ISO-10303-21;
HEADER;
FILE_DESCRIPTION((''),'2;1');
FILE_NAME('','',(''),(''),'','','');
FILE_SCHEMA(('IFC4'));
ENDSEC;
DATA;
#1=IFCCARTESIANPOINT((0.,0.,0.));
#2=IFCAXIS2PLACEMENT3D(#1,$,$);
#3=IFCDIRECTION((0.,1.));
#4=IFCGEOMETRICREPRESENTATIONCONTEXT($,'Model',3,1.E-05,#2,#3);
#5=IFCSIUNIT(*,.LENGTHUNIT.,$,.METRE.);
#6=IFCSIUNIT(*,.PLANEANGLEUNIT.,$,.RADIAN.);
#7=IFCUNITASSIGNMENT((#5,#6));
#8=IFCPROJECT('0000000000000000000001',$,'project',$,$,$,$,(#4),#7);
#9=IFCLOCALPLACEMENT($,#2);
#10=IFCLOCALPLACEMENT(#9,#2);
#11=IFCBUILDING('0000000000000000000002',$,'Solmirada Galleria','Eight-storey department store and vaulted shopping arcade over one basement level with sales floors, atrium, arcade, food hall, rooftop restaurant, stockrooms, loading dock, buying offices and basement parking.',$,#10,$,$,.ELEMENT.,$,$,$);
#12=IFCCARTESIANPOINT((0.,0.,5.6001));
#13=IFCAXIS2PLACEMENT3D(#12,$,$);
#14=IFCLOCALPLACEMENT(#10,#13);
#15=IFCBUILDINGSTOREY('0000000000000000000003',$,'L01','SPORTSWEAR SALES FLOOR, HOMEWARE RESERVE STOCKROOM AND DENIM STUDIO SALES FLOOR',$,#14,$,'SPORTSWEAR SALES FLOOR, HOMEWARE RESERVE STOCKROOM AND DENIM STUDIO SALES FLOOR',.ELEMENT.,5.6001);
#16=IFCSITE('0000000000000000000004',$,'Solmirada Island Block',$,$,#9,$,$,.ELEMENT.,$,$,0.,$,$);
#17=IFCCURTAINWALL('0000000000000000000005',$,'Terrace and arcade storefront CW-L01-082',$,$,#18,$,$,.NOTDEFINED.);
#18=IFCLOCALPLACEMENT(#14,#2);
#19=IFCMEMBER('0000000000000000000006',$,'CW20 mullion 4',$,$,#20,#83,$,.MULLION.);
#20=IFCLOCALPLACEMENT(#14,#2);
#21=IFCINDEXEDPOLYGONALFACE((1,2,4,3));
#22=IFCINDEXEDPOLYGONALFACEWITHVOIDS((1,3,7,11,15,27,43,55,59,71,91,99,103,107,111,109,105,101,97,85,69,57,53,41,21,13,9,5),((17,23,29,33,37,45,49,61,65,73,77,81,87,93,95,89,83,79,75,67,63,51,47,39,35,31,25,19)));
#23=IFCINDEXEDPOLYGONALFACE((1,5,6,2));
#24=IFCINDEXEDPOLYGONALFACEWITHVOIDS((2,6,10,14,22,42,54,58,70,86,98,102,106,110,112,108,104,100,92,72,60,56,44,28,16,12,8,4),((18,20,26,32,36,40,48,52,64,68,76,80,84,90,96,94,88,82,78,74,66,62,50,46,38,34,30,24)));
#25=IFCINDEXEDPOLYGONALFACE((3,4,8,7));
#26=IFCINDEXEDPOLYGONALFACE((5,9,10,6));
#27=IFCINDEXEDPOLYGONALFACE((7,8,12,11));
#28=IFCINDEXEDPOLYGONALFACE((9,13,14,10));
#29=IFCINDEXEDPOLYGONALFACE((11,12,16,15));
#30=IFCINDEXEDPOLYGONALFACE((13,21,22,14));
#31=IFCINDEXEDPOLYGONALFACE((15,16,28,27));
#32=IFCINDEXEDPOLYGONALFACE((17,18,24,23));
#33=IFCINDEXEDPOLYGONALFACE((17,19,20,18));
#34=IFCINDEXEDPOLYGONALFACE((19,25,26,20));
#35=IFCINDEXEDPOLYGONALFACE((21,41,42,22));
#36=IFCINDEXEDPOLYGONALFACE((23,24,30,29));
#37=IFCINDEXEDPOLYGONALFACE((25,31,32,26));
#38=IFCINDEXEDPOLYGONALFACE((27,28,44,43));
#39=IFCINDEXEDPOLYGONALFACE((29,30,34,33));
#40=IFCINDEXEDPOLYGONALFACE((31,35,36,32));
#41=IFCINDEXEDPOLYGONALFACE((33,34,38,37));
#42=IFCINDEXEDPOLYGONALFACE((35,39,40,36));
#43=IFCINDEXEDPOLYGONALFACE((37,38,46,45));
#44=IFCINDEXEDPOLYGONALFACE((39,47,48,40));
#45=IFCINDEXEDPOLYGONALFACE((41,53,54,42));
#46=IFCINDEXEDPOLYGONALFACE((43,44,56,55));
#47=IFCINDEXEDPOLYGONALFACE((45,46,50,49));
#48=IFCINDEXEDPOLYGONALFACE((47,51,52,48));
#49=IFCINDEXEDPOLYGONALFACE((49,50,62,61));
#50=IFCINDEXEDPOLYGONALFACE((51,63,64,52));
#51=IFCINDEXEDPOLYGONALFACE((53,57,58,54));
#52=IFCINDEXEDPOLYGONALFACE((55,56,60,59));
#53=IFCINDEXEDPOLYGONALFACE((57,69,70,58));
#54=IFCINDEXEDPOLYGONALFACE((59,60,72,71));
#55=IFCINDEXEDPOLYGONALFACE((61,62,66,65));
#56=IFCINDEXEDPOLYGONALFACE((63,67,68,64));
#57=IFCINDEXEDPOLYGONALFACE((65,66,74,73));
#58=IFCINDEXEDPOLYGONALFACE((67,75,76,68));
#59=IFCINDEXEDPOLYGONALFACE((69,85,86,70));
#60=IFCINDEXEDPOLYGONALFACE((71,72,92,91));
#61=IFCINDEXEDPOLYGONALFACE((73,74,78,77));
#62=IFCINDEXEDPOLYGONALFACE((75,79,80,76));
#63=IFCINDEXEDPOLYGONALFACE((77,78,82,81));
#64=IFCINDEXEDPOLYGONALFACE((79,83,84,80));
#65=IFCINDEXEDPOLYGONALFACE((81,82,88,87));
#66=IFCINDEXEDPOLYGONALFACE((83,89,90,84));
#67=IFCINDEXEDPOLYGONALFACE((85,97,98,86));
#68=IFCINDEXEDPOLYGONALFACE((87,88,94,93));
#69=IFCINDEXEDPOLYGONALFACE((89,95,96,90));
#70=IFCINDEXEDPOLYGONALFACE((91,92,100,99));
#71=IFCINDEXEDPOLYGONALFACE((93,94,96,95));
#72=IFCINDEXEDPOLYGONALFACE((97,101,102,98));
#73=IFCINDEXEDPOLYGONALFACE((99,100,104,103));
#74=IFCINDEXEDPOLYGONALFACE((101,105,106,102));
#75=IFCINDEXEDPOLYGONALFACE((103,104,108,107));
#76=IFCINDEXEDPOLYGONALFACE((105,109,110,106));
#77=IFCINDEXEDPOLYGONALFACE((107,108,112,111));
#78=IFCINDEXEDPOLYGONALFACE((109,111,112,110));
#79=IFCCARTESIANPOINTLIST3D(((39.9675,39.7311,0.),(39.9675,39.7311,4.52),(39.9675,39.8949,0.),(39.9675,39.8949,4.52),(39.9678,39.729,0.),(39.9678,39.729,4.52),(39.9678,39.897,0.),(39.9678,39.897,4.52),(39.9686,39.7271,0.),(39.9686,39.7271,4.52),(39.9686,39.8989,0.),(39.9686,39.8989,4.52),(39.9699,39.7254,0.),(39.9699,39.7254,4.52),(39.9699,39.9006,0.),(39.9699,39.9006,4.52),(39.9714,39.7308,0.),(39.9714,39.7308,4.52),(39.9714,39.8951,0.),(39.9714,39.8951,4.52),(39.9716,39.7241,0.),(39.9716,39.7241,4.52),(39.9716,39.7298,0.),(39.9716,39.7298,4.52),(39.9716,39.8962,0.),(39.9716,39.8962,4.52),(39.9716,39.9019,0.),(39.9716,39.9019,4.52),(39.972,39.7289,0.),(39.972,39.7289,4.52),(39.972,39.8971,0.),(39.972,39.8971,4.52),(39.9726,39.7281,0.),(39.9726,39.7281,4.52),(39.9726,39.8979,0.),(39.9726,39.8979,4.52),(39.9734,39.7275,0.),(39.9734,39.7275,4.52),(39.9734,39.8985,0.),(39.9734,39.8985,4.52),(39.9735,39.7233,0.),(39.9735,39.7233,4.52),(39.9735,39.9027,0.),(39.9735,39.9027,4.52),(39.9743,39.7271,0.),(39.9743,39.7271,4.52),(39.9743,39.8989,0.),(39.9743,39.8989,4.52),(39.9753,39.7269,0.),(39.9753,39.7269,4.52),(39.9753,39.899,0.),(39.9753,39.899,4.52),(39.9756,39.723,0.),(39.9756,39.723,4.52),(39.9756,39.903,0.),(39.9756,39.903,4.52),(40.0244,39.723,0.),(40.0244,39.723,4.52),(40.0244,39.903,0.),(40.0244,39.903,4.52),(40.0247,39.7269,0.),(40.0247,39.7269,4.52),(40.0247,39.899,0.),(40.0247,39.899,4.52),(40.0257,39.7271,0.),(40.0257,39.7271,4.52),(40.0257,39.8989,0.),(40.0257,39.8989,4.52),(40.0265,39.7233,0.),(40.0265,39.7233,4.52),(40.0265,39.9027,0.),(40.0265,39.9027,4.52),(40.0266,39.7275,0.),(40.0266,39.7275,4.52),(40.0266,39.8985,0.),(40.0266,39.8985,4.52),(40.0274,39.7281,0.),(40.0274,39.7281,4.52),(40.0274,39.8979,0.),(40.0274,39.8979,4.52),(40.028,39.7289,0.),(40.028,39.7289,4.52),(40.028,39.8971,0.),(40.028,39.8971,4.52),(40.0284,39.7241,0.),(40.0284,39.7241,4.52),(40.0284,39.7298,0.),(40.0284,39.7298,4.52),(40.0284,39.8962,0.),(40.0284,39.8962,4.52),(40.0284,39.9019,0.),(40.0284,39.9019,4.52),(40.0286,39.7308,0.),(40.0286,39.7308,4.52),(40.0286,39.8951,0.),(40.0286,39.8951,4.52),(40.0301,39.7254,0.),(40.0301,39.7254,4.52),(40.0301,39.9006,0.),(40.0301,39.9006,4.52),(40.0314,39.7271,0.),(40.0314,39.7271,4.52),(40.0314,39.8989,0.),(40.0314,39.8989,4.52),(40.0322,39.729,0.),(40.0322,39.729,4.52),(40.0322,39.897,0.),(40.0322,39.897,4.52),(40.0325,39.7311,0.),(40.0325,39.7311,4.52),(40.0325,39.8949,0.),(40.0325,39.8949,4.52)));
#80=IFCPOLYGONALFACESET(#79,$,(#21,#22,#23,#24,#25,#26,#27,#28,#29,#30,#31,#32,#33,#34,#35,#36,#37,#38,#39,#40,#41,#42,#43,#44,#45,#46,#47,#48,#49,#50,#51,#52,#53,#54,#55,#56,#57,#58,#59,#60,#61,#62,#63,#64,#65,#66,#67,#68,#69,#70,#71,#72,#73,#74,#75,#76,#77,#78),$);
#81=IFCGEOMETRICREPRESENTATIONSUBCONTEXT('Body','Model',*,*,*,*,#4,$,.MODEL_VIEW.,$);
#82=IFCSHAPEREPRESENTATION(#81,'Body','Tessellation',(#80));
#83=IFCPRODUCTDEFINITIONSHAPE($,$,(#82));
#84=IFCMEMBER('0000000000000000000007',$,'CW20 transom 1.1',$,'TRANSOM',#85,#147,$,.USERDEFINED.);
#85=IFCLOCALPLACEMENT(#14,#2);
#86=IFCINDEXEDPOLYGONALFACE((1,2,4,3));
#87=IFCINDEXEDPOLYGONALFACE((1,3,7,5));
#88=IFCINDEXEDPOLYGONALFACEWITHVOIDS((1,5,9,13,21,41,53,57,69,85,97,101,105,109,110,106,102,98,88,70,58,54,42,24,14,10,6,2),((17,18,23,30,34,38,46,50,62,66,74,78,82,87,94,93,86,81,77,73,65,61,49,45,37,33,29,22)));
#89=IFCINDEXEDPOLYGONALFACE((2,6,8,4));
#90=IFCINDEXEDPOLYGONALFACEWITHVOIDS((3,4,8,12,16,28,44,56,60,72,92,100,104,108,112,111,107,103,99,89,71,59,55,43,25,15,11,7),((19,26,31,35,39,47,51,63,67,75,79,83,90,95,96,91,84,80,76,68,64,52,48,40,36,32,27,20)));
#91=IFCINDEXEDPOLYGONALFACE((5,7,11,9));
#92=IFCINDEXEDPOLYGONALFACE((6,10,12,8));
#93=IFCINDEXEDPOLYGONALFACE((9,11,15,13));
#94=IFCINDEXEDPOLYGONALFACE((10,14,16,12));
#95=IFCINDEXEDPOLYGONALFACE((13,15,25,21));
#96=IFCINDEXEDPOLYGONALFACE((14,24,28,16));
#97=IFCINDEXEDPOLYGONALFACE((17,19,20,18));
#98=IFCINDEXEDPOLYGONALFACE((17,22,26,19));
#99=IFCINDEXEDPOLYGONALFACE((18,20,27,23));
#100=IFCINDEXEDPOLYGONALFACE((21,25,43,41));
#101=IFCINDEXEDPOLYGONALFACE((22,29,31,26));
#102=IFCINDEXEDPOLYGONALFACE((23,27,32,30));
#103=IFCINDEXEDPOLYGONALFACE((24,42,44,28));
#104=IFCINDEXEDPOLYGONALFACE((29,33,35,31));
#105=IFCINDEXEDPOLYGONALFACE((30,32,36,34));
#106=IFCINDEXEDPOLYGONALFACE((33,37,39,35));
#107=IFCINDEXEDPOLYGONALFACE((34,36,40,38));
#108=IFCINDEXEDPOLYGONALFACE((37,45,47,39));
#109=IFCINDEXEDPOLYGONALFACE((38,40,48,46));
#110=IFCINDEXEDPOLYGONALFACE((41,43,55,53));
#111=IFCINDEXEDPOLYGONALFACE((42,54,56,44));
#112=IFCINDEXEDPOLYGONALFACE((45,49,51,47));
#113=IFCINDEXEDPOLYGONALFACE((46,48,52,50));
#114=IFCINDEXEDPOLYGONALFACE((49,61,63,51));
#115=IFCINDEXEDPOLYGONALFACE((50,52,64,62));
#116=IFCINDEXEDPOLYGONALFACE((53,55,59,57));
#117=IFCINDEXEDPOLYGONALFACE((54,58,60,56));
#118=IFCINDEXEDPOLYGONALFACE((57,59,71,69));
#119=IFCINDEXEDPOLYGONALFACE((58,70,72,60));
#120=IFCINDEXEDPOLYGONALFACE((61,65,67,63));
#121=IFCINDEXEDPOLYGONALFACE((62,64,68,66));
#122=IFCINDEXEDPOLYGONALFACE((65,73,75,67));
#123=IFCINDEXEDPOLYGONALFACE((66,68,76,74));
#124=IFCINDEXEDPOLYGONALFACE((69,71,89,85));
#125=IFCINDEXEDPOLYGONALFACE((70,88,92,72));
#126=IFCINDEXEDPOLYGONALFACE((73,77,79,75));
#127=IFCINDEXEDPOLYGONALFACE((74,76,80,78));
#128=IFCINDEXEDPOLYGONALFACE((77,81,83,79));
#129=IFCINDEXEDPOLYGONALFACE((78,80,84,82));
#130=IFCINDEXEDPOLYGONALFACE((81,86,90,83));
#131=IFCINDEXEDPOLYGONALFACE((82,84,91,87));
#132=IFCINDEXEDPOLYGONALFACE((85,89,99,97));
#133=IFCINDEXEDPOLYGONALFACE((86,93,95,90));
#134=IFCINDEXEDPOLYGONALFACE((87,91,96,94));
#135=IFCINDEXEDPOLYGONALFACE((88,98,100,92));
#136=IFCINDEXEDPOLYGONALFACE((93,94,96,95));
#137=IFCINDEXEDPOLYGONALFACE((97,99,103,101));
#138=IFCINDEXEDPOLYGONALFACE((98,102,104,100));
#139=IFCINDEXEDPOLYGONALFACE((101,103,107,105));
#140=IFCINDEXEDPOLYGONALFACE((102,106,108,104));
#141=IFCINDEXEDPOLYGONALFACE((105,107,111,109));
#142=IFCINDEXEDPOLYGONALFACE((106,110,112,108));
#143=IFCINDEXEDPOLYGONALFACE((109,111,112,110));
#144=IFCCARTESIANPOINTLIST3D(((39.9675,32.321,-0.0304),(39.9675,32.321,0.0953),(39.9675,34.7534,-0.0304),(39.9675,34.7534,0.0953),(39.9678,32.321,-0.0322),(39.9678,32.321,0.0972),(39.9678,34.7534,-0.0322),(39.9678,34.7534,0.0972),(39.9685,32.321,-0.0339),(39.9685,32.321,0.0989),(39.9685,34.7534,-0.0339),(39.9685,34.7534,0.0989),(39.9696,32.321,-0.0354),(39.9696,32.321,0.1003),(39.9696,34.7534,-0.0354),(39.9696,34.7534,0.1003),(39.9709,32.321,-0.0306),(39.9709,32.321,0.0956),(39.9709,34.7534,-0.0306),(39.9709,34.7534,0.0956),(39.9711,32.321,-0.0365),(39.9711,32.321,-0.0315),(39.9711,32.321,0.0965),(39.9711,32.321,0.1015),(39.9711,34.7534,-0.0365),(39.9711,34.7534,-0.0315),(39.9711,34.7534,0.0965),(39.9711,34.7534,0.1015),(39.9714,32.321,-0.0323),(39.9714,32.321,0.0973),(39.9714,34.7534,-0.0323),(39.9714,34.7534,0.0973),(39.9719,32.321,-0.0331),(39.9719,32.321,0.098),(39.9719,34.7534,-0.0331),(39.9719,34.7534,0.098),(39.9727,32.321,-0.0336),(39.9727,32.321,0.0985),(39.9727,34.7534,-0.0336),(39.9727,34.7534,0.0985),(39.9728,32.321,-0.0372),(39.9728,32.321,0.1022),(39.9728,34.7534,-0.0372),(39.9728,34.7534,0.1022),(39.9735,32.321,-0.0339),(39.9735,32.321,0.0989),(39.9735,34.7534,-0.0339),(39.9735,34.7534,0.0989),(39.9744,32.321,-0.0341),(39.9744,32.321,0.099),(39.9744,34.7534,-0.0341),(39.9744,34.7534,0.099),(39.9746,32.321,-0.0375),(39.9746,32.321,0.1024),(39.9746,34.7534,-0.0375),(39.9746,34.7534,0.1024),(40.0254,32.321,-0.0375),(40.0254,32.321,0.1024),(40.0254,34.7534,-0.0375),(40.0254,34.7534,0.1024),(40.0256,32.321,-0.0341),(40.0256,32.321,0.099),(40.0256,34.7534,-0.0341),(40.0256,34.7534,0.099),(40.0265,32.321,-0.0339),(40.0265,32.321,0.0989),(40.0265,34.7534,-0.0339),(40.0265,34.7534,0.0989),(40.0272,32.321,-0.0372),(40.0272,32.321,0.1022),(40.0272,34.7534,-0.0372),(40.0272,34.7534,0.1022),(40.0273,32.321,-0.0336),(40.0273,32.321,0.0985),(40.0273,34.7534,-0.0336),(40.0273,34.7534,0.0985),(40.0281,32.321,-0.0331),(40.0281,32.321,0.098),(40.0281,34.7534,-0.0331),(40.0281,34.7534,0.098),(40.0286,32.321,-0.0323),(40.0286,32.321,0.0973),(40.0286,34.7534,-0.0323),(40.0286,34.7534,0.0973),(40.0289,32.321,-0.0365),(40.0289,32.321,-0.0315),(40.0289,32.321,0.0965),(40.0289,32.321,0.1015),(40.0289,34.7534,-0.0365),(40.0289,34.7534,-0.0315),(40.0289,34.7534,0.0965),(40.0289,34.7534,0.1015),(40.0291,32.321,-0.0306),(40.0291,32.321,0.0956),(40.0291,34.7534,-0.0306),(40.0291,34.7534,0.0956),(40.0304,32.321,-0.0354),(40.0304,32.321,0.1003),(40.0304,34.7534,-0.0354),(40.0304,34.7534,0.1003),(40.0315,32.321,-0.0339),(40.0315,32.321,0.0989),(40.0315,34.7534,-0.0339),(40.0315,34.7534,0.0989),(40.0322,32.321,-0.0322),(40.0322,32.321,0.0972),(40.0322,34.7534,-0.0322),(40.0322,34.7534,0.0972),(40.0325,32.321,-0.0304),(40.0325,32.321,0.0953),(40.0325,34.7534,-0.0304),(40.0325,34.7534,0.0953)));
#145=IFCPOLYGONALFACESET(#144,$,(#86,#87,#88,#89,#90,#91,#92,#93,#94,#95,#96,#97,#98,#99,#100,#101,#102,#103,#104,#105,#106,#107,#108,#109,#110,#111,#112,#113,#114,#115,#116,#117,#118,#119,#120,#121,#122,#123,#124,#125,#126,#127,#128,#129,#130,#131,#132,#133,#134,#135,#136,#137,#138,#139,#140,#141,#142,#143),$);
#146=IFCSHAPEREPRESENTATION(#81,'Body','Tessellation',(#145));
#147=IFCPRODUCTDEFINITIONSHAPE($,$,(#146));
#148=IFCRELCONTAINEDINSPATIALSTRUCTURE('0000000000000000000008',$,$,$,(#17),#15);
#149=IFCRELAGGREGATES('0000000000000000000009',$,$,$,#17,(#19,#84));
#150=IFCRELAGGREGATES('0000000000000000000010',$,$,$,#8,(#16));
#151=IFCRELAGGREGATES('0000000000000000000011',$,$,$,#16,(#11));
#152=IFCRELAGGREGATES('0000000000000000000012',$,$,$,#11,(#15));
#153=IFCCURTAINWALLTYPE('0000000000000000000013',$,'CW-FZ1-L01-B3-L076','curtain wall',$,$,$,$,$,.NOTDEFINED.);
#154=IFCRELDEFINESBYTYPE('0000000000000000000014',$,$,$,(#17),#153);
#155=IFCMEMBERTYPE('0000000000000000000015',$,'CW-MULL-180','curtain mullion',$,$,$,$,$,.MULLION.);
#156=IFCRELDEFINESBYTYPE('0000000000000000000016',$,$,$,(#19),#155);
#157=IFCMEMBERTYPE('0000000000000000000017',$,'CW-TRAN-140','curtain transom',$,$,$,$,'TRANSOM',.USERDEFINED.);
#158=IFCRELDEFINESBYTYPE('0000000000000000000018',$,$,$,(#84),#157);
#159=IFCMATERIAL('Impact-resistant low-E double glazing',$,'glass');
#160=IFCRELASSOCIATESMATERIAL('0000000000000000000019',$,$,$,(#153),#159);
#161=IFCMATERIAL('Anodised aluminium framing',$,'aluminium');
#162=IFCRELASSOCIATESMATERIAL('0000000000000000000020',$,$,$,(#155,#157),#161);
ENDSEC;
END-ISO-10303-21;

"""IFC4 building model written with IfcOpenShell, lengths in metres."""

from ifc_helpers import new_model, si_unit, direction, frame, origin, origin_2d, place, context, subcontext, project, spatial, hollow_rectangle, extrude, material, material_profile, profile_set, type_object, element, aggregate, save


model = new_model("IFC4")

# Units and contexts
model_context = context("Model", 3, precision=1e-05, world=origin(), true_north=direction((0.0, 1.0)))
body_context = subcontext(model_context, "Body", "Model", "MODEL_VIEW")
ifc_project = project(units=[si_unit("LENGTHUNIT", "METRE"), si_unit("PLANEANGLEUNIT", "RADIAN")], contexts=[model_context])

# Site, building, storey
site_placement = place(None, origin())
site = spatial("IfcSite", under=ifc_project, at=site_placement, Name="Solmirada Island Block", CompositionType="ELEMENT", RefElevation=0.0)
building_placement = place(site_placement, origin())
building = spatial("IfcBuilding", under=site, at=building_placement, Name="Solmirada Galleria", Description="Eight-storey department store and vaulted shopping arcade over one basement level with sales floors, atrium, arcade, food hall, rooftop restaurant, stockrooms, loading dock, buying offices and basement parking.", CompositionType="ELEMENT")
storey_placement = place(building_placement, frame((0.0, 0.0, 5.6001)))
storey = spatial("IfcBuildingStorey", under=building, at=storey_placement, Name="L01", Description="SPORTSWEAR SALES FLOOR, HOMEWARE RESERVE STOCKROOM AND DENIM STUDIO SALES FLOOR", LongName="SPORTSWEAR SALES FLOOR, HOMEWARE RESERVE STOCKROOM AND DENIM STUDIO SALES FLOOR", CompositionType="ELEMENT", Elevation=5.6001)

# Shared definitions
ifc_material_1 = material(Name="Impact-resistant low-E double glazing", Category="glass")
curtain_wall_type = type_object("IfcCurtainWallType", Name="CW-FZ1-L01-B3-L076", Description="curtain wall", PredefinedType="NOTDEFINED", material=ifc_material_1)
ifc_material_2 = material(Name="Anodised aluminium framing", Category="aluminium")
ifc_material_profile_1 = material_profile(ifc_material_2, hollow_rectangle(XDim=0.0649, YDim=0.1799, WallThickness=0.0039, InnerFilletRadius=0.0039, OuterFilletRadius=0.0081, at=origin_2d()), Name="ALU-MULL-180X65")
ifc_profile_set_1 = profile_set([ifc_material_profile_1], Name="Anodised aluminium framing")
member_type_1 = type_object("IfcMemberType", Name="CW-MULL-180", Description="curtain mullion", PredefinedType="MULLION", material=ifc_profile_set_1)

# Curtain wall, members
curtain_wall_1_placement = place(storey_placement, origin())
curtain_wall_1 = element("IfcCurtainWall", 1, at=curtain_wall_1_placement, inside=storey, type_object=curtain_wall_type, Name="Terrace and arcade storefront CW-L01-082", PredefinedType="NOTDEFINED")
member_1_placement = place(storey_placement, frame((40.0, 39.813, 0.0), z_axis=(0.0, 0.0, 1.0), x_axis=(-1.0, 0.0, 0.0)))
member_1 = element("IfcMember", 2, at=member_1_placement, type_object=member_type_1, Name="CW20 mullion 4", PredefinedType="MULLION", context=body_context, shape_type="SweptSolid", body=[
    extrude(hollow_rectangle(XDim=0.0649, YDim=0.1799, WallThickness=0.0039, InnerFilletRadius=0.0039, OuterFilletRadius=0.0081, at=origin_2d()), origin(), (0.0, 0.0, 1.0), 4.52),
])
ifc_material_profile_2 = material_profile(ifc_material_2, hollow_rectangle(XDim=0.0649, YDim=0.1399, WallThickness=0.0034, InnerFilletRadius=0.0034, OuterFilletRadius=0.0071, at=origin_2d()), Name="ALU-TRAN-140X65")
ifc_profile_set_2 = profile_set([ifc_material_profile_2], Name="Anodised aluminium framing")
member_type_2 = type_object("IfcMemberType", Name="CW-TRAN-140", Description="curtain transom", ElementType="TRANSOM", PredefinedType="USERDEFINED", material=ifc_profile_set_2)
member_2_placement = place(storey_placement, frame((40.0, 32.321, 0.0325), z_axis=(0.0, 1.0, 0.0), x_axis=(-1.0, 0.0, 0.0)))
member_2 = element("IfcMember", 3, at=member_2_placement, type_object=member_type_2, Name="CW20 transom 1.1", ObjectType="TRANSOM", PredefinedType="USERDEFINED", context=body_context, shape_type="SweptSolid", body=[
    extrude(hollow_rectangle(XDim=0.0649, YDim=0.1399, WallThickness=0.0034, InnerFilletRadius=0.0034, OuterFilletRadius=0.0071, at=origin_2d()), origin(), (0.0, 0.0, 1.0), 2.4324),
])

aggregate(curtain_wall_1, [member_1, member_2])

save(model, "model.ifc")
